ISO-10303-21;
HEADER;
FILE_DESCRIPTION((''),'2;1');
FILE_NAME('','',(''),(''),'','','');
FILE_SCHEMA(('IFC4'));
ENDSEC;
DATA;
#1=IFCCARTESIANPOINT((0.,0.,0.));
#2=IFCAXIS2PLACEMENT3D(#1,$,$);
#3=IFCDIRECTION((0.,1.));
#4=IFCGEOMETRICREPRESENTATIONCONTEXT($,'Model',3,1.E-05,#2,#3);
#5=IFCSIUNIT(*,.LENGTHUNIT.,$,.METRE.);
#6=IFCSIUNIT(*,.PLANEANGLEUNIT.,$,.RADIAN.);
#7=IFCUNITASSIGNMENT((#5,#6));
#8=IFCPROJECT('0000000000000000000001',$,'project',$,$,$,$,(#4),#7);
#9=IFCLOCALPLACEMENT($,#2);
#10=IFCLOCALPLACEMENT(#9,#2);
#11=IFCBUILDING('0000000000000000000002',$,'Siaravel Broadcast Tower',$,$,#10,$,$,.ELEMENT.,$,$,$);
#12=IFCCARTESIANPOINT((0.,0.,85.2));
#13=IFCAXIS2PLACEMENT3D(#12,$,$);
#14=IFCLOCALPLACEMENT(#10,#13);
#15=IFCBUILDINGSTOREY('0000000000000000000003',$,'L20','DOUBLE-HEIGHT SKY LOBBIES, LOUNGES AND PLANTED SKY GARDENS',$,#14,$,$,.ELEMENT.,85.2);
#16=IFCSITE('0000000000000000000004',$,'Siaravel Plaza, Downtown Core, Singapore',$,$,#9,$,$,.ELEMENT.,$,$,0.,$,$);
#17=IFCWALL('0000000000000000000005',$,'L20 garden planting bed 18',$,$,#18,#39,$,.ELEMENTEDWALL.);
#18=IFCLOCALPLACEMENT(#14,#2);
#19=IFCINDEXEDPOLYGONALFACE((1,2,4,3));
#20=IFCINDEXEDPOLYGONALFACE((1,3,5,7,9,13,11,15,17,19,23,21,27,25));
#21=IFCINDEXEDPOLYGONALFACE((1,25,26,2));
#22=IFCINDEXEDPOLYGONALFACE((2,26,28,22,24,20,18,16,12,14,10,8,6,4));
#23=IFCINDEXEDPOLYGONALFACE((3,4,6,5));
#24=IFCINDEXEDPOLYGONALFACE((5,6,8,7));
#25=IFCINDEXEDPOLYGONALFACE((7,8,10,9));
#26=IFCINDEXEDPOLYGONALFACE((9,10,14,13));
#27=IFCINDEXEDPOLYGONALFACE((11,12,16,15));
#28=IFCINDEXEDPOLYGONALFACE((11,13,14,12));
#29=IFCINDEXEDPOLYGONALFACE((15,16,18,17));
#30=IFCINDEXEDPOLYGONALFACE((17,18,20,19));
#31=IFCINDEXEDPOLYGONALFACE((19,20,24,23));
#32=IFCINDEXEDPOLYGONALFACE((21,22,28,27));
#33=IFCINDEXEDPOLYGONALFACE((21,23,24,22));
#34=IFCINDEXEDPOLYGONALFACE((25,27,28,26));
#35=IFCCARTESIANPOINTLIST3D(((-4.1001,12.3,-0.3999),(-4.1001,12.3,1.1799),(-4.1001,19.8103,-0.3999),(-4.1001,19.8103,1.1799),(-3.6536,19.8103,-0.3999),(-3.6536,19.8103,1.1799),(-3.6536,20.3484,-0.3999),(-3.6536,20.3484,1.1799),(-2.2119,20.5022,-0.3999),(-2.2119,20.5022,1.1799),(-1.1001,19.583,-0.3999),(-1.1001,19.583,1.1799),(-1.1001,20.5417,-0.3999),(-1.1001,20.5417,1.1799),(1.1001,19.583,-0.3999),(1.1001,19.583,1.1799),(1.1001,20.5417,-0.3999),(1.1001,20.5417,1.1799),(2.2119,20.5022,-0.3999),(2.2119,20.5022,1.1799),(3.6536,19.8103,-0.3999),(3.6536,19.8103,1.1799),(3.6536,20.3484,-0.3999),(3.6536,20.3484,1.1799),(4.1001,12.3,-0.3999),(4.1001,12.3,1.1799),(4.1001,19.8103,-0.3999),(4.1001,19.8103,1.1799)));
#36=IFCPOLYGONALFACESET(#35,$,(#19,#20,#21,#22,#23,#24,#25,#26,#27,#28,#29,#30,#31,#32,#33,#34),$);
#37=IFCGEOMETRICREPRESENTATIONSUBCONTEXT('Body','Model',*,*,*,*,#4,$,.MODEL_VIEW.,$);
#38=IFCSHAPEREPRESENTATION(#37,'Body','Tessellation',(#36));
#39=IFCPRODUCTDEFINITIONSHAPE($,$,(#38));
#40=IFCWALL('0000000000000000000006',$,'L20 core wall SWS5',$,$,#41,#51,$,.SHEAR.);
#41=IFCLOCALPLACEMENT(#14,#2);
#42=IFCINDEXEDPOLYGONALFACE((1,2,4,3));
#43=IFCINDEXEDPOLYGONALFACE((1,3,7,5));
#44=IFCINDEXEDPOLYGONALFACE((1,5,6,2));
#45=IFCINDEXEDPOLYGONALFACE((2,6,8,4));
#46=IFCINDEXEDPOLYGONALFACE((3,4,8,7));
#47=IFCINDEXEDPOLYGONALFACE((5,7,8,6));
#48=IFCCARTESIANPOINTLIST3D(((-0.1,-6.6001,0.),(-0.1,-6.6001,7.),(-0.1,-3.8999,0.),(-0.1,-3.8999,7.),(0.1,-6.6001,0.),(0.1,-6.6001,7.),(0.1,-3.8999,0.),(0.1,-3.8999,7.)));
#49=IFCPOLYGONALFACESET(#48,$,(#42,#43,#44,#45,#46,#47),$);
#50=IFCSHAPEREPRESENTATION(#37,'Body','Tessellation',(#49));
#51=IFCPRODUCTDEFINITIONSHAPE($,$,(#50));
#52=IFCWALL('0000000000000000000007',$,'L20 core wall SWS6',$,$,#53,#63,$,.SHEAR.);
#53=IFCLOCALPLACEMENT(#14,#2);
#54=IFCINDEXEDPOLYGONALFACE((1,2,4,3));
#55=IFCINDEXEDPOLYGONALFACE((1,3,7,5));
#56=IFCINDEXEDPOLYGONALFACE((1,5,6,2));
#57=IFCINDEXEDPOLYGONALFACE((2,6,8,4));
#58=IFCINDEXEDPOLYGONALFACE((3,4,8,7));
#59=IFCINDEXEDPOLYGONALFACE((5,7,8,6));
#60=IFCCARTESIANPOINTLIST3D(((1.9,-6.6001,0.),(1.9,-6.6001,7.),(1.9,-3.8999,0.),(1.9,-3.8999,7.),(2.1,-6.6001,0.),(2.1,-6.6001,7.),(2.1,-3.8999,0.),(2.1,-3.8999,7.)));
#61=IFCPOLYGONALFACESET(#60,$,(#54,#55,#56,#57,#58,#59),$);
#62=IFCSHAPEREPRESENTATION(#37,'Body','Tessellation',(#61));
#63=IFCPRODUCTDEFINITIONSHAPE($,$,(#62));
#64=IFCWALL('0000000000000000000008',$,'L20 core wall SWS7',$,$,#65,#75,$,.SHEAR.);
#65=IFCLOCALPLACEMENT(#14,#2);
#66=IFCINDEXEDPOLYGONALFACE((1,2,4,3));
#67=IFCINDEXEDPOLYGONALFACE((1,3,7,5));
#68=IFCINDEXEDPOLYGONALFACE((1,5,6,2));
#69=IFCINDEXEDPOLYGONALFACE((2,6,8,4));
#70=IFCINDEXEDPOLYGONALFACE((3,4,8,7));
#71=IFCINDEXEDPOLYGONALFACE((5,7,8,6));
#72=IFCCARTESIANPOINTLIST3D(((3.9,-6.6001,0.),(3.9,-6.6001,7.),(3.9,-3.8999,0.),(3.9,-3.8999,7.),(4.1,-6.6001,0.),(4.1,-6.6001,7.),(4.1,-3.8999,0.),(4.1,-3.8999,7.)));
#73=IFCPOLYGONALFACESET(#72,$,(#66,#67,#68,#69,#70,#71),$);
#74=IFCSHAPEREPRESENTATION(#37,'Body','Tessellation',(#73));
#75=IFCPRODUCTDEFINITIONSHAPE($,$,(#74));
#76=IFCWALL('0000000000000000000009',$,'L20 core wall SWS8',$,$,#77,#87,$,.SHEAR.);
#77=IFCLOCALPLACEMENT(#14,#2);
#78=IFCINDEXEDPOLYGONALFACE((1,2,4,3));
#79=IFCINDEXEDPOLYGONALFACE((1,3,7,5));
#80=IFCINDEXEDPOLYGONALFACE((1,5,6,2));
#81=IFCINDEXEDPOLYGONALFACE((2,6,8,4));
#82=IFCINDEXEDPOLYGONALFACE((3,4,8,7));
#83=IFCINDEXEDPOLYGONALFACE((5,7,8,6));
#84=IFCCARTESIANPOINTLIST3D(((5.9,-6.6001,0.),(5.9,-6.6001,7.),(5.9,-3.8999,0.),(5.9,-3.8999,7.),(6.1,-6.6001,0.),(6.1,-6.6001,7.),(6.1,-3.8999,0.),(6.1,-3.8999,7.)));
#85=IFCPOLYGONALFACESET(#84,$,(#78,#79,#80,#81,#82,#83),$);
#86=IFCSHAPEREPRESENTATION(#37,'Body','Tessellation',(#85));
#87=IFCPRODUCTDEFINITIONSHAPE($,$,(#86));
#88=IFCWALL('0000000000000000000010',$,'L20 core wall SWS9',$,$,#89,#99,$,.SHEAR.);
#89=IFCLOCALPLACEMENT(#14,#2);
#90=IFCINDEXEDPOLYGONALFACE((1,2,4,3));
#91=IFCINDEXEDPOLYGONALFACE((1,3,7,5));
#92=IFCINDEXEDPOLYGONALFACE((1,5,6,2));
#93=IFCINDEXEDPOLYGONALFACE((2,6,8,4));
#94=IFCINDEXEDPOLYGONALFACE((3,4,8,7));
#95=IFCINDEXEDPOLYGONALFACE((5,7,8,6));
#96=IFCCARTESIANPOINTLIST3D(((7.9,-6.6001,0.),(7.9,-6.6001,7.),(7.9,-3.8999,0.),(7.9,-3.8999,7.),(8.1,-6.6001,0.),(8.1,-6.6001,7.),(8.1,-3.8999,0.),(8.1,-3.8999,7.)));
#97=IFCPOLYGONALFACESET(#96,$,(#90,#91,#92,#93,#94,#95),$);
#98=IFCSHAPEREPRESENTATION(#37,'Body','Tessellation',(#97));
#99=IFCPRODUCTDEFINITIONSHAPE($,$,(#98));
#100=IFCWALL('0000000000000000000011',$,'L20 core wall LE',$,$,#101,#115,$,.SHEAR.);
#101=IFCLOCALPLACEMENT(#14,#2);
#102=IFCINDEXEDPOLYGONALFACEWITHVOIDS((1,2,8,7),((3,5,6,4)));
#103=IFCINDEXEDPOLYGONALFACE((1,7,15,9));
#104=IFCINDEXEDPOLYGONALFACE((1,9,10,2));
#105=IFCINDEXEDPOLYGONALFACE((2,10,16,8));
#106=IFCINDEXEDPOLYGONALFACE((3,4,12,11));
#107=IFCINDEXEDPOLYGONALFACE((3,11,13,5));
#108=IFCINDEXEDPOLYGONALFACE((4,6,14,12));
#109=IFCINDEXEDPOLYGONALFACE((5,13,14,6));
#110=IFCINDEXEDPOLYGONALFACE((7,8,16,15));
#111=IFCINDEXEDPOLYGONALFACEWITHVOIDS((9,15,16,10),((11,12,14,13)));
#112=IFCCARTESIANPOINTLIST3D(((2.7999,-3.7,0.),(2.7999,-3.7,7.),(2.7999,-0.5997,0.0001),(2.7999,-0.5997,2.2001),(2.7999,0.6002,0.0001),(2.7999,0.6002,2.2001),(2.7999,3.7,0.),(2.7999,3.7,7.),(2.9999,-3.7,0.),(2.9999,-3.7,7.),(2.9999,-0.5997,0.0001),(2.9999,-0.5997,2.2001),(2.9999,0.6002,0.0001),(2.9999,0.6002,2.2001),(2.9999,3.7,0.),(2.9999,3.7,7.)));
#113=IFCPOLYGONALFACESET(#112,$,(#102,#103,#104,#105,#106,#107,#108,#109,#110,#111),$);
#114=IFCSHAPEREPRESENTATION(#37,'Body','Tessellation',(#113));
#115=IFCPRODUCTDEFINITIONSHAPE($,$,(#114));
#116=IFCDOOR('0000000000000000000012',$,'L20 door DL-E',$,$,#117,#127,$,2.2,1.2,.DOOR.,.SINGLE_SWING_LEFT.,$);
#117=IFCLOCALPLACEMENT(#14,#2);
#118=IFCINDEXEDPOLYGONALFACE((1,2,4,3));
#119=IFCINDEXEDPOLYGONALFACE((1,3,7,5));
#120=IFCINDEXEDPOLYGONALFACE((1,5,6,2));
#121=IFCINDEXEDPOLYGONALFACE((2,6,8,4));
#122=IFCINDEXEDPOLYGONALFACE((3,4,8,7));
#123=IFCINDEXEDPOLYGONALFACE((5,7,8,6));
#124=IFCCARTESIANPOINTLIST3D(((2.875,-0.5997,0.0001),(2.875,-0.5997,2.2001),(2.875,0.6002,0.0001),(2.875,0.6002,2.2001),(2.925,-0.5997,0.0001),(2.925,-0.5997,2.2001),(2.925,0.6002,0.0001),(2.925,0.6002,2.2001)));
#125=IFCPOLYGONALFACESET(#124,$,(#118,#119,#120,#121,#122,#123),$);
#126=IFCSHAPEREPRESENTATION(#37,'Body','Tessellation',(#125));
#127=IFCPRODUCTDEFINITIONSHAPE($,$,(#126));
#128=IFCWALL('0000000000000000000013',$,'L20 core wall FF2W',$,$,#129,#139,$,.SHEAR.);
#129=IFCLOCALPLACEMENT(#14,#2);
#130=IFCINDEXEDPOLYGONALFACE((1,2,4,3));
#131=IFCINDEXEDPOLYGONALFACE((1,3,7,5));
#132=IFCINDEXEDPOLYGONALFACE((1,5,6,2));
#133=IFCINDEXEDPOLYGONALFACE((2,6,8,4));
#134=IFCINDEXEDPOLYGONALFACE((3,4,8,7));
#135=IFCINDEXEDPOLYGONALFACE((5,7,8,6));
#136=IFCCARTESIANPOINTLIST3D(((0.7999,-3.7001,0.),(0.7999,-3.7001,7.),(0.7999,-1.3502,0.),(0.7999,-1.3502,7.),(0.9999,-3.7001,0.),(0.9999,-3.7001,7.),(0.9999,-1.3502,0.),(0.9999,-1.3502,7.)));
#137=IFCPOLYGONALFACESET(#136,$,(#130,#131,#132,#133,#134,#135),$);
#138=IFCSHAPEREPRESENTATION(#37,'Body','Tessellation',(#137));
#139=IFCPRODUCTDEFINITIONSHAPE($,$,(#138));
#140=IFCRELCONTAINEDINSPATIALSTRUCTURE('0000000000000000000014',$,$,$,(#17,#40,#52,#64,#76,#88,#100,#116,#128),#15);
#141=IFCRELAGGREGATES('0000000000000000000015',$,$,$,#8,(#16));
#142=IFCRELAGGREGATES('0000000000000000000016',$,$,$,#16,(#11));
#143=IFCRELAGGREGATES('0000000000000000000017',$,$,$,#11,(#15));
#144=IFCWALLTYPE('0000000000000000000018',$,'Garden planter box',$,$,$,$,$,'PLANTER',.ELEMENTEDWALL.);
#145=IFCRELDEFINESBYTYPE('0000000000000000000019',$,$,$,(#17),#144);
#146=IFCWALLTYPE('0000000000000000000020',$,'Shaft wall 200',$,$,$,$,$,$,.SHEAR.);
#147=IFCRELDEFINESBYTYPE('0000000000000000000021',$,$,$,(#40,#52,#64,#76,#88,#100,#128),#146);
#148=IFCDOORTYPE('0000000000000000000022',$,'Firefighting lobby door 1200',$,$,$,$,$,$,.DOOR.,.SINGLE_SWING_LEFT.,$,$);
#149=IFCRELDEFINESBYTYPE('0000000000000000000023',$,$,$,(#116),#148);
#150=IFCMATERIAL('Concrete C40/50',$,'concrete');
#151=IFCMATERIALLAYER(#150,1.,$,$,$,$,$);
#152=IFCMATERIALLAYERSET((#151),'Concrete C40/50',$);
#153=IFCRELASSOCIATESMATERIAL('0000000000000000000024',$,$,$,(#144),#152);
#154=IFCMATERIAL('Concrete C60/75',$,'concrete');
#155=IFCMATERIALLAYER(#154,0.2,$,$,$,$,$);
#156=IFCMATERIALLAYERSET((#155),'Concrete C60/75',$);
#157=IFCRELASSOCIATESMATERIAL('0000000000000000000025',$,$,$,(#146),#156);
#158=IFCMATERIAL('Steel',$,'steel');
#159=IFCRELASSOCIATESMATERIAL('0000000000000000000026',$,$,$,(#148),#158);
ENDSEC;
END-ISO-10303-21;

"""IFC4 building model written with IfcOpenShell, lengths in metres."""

from ifc_helpers import new_model, si_unit, direction, frame, frame_2d, origin, place, context, subcontext, project, spatial, polyline, rectangle, outline, extrude, material, layer, layer_set, type_object, element, fill, save


model = new_model("IFC4")

# Units and contexts
model_context = context("Model", 3, precision=1e-05, world=origin(), true_north=direction((0.0, 1.0)))
body_context = subcontext(model_context, "Body", "Model", "MODEL_VIEW")
ifc_project = project(units=[si_unit("LENGTHUNIT", "METRE"), si_unit("PLANEANGLEUNIT", "RADIAN")], contexts=[model_context])

# Site, building, storey
site_placement = place(None, origin())
site = spatial("IfcSite", under=ifc_project, at=site_placement, Name="Siaravel Plaza, Downtown Core, Singapore", CompositionType="ELEMENT", RefElevation=0.0)
building_placement = place(site_placement, origin())
building = spatial("IfcBuilding", under=site, at=building_placement, Name="Siaravel Broadcast Tower", CompositionType="ELEMENT")
storey_placement = place(building_placement, frame((0.0, 0.0, 85.2)))
storey = spatial("IfcBuildingStorey", under=building, at=storey_placement, Name="L20", Description="DOUBLE-HEIGHT SKY LOBBIES, LOUNGES AND PLANTED SKY GARDENS", CompositionType="ELEMENT", Elevation=85.2)

# Shared definitions
ifc_material_1 = material(Name="Concrete C40/50", Category="concrete")

# Walls
ifc_layer_1 = layer(ifc_material_1, 1.0)
ifc_layer_set_1 = layer_set([ifc_layer_1], Name="Concrete C40/50")
wall_type_1 = type_object("IfcWallType", Name="Garden planter box", ElementType="PLANTER", PredefinedType="ELEMENTEDWALL", material=ifc_layer_set_1)
wall_1_placement = place(storey_placement, frame((0.0, 0.0, -0.3999)))
element("IfcWall", 1, at=wall_1_placement, inside=storey, type_object=wall_type_1, Name="L20 garden planting bed 18", PredefinedType="ELEMENTEDWALL", context=body_context, shape_type="SweptSolid", body=[
    extrude(outline(polyline([(-1.1001, 20.5417), (-2.2119, 20.5022), (-3.6536, 20.3484), (-3.6536, 19.8103), (-4.1001, 19.8103), (-4.1001, 12.3), (4.1001, 12.3), (4.1001, 19.8103), (3.6536, 19.8103), (3.6536, 20.3484), (2.2119, 20.5022), (1.1001, 20.5417), (1.1001, 19.583), (-1.1001, 19.583), (-1.1001, 20.5417)])), origin(), (0.0, 0.0, 1.0), 1.5798),
])
ifc_material_2 = material(Name="Concrete C60/75", Category="concrete")
ifc_layer_2 = layer(ifc_material_2, 0.2)
ifc_layer_set_2 = layer_set([ifc_layer_2], Name="Concrete C60/75")
wall_type_2 = type_object("IfcWallType", Name="Shaft wall 200", PredefinedType="SHEAR", material=ifc_layer_set_2)
for number, where, z_axis, x_axis, name in (
    (2, (0.0, -6.6001, 0.0), (0.0, 0.0, 1.0), (0.0, 1.0, 0.0), "L20 core wall SWS5"),
    (3, (2.0, -6.6001, 0.0), (0.0, 0.0, 1.0), (0.0, 1.0, 0.0), "L20 core wall SWS6"),
    (4, (4.0, -6.6001, 0.0), (0.0, 0.0, 1.0), (0.0, 1.0, 0.0), "L20 core wall SWS7"),
    (5, (6.0, -6.6001, 0.0), (0.0, 0.0, 1.0), (0.0, 1.0, 0.0), "L20 core wall SWS8"),
    (6, (8.0, -6.6001, 0.0), (0.0, 0.0, 1.0), (0.0, 1.0, 0.0), "L20 core wall SWS9"),
):
    element("IfcWall", number, at=place(storey_placement, frame(where, z_axis=z_axis, x_axis=x_axis)), inside=storey, type_object=wall_type_2, Name=name, PredefinedType="SHEAR", context=body_context, shape_type="SweptSolid", body=[
        extrude(rectangle(XDim=2.7002, YDim=0.2, at=frame_2d((1.3501, 0.0))), origin(), (0.0, 0.0, 1.0), 7.0),
    ])

# Wall, opening, door
wall_2_placement = place(storey_placement, frame((2.8999, -3.7, 0.0), z_axis=(0.0, 0.0, 1.0), x_axis=(0.0, 1.0, 0.0)))
wall_2 = element("IfcWall", 7, at=wall_2_placement, inside=storey, type_object=wall_type_2, Name="L20 core wall LE", PredefinedType="SHEAR", context=body_context, shape_type="SweptSolid", body=[
    extrude(rectangle(XDim=7.3999, YDim=0.2, at=frame_2d((3.7, 0.0))), origin(), (0.0, 0.0, 1.0), 7.0),
])
opening_1_placement = place(wall_2_placement, frame((3.1001, 0.0, 0.0)))
opening_1 = element("IfcOpeningElement", 8, at=opening_1_placement, cuts=wall_2, PredefinedType="OPENING", context=body_context, shape_type="SweptSolid", body=[
    extrude(rectangle(XDim=1.2, YDim=2.2, at=frame_2d((0.6001, 1.1001))), frame((0.0, 0.1099, 0.0), z_axis=(0.0, -1.0, 0.0), x_axis=(1.0, 0.0, 0.0)), (0.0, 0.0, 1.0), 0.22),
])
ifc_material_3 = material(Name="Steel", Category="steel")
door_type_1 = type_object("IfcDoorType", Name="Firefighting lobby door 1200", OperationType="SINGLE_SWING_LEFT", PredefinedType="DOOR", material=ifc_material_3)
door_1_placement = place(opening_1_placement, origin())
door_1 = element("IfcDoor", 9, at=door_1_placement, inside=storey, type_object=door_type_1, Name="L20 door DL-E", OperationType="SINGLE_SWING_LEFT", OverallHeight=2.2, OverallWidth=1.2, PredefinedType="DOOR", context=body_context, shape_type="SweptSolid", body=[
    extrude(rectangle(XDim=1.2, YDim=2.2, at=frame_2d((0.6001, 1.1001))), frame((0.0, 0.0249, 0.0), z_axis=(0.0, -1.0, 0.0), x_axis=(1.0, 0.0, 0.0)), (0.0, 0.0, 1.0), 0.05),
])
fill(opening_1, door_1)

# Wall
wall_3_placement = place(storey_placement, frame((0.8999, -3.7, 0.0), z_axis=(0.0, 0.0, 1.0), x_axis=(0.0, 1.0, 0.0)))
element("IfcWall", 10, at=wall_3_placement, inside=storey, type_object=wall_type_2, Name="L20 core wall FF2W", PredefinedType="SHEAR", context=body_context, shape_type="SweptSolid", body=[
    extrude(rectangle(XDim=2.3499, YDim=0.2, at=frame_2d((1.1748, 0.0))), origin(), (0.0, 0.0, 1.0), 7.0),
])

save(model, "model.ifc")
